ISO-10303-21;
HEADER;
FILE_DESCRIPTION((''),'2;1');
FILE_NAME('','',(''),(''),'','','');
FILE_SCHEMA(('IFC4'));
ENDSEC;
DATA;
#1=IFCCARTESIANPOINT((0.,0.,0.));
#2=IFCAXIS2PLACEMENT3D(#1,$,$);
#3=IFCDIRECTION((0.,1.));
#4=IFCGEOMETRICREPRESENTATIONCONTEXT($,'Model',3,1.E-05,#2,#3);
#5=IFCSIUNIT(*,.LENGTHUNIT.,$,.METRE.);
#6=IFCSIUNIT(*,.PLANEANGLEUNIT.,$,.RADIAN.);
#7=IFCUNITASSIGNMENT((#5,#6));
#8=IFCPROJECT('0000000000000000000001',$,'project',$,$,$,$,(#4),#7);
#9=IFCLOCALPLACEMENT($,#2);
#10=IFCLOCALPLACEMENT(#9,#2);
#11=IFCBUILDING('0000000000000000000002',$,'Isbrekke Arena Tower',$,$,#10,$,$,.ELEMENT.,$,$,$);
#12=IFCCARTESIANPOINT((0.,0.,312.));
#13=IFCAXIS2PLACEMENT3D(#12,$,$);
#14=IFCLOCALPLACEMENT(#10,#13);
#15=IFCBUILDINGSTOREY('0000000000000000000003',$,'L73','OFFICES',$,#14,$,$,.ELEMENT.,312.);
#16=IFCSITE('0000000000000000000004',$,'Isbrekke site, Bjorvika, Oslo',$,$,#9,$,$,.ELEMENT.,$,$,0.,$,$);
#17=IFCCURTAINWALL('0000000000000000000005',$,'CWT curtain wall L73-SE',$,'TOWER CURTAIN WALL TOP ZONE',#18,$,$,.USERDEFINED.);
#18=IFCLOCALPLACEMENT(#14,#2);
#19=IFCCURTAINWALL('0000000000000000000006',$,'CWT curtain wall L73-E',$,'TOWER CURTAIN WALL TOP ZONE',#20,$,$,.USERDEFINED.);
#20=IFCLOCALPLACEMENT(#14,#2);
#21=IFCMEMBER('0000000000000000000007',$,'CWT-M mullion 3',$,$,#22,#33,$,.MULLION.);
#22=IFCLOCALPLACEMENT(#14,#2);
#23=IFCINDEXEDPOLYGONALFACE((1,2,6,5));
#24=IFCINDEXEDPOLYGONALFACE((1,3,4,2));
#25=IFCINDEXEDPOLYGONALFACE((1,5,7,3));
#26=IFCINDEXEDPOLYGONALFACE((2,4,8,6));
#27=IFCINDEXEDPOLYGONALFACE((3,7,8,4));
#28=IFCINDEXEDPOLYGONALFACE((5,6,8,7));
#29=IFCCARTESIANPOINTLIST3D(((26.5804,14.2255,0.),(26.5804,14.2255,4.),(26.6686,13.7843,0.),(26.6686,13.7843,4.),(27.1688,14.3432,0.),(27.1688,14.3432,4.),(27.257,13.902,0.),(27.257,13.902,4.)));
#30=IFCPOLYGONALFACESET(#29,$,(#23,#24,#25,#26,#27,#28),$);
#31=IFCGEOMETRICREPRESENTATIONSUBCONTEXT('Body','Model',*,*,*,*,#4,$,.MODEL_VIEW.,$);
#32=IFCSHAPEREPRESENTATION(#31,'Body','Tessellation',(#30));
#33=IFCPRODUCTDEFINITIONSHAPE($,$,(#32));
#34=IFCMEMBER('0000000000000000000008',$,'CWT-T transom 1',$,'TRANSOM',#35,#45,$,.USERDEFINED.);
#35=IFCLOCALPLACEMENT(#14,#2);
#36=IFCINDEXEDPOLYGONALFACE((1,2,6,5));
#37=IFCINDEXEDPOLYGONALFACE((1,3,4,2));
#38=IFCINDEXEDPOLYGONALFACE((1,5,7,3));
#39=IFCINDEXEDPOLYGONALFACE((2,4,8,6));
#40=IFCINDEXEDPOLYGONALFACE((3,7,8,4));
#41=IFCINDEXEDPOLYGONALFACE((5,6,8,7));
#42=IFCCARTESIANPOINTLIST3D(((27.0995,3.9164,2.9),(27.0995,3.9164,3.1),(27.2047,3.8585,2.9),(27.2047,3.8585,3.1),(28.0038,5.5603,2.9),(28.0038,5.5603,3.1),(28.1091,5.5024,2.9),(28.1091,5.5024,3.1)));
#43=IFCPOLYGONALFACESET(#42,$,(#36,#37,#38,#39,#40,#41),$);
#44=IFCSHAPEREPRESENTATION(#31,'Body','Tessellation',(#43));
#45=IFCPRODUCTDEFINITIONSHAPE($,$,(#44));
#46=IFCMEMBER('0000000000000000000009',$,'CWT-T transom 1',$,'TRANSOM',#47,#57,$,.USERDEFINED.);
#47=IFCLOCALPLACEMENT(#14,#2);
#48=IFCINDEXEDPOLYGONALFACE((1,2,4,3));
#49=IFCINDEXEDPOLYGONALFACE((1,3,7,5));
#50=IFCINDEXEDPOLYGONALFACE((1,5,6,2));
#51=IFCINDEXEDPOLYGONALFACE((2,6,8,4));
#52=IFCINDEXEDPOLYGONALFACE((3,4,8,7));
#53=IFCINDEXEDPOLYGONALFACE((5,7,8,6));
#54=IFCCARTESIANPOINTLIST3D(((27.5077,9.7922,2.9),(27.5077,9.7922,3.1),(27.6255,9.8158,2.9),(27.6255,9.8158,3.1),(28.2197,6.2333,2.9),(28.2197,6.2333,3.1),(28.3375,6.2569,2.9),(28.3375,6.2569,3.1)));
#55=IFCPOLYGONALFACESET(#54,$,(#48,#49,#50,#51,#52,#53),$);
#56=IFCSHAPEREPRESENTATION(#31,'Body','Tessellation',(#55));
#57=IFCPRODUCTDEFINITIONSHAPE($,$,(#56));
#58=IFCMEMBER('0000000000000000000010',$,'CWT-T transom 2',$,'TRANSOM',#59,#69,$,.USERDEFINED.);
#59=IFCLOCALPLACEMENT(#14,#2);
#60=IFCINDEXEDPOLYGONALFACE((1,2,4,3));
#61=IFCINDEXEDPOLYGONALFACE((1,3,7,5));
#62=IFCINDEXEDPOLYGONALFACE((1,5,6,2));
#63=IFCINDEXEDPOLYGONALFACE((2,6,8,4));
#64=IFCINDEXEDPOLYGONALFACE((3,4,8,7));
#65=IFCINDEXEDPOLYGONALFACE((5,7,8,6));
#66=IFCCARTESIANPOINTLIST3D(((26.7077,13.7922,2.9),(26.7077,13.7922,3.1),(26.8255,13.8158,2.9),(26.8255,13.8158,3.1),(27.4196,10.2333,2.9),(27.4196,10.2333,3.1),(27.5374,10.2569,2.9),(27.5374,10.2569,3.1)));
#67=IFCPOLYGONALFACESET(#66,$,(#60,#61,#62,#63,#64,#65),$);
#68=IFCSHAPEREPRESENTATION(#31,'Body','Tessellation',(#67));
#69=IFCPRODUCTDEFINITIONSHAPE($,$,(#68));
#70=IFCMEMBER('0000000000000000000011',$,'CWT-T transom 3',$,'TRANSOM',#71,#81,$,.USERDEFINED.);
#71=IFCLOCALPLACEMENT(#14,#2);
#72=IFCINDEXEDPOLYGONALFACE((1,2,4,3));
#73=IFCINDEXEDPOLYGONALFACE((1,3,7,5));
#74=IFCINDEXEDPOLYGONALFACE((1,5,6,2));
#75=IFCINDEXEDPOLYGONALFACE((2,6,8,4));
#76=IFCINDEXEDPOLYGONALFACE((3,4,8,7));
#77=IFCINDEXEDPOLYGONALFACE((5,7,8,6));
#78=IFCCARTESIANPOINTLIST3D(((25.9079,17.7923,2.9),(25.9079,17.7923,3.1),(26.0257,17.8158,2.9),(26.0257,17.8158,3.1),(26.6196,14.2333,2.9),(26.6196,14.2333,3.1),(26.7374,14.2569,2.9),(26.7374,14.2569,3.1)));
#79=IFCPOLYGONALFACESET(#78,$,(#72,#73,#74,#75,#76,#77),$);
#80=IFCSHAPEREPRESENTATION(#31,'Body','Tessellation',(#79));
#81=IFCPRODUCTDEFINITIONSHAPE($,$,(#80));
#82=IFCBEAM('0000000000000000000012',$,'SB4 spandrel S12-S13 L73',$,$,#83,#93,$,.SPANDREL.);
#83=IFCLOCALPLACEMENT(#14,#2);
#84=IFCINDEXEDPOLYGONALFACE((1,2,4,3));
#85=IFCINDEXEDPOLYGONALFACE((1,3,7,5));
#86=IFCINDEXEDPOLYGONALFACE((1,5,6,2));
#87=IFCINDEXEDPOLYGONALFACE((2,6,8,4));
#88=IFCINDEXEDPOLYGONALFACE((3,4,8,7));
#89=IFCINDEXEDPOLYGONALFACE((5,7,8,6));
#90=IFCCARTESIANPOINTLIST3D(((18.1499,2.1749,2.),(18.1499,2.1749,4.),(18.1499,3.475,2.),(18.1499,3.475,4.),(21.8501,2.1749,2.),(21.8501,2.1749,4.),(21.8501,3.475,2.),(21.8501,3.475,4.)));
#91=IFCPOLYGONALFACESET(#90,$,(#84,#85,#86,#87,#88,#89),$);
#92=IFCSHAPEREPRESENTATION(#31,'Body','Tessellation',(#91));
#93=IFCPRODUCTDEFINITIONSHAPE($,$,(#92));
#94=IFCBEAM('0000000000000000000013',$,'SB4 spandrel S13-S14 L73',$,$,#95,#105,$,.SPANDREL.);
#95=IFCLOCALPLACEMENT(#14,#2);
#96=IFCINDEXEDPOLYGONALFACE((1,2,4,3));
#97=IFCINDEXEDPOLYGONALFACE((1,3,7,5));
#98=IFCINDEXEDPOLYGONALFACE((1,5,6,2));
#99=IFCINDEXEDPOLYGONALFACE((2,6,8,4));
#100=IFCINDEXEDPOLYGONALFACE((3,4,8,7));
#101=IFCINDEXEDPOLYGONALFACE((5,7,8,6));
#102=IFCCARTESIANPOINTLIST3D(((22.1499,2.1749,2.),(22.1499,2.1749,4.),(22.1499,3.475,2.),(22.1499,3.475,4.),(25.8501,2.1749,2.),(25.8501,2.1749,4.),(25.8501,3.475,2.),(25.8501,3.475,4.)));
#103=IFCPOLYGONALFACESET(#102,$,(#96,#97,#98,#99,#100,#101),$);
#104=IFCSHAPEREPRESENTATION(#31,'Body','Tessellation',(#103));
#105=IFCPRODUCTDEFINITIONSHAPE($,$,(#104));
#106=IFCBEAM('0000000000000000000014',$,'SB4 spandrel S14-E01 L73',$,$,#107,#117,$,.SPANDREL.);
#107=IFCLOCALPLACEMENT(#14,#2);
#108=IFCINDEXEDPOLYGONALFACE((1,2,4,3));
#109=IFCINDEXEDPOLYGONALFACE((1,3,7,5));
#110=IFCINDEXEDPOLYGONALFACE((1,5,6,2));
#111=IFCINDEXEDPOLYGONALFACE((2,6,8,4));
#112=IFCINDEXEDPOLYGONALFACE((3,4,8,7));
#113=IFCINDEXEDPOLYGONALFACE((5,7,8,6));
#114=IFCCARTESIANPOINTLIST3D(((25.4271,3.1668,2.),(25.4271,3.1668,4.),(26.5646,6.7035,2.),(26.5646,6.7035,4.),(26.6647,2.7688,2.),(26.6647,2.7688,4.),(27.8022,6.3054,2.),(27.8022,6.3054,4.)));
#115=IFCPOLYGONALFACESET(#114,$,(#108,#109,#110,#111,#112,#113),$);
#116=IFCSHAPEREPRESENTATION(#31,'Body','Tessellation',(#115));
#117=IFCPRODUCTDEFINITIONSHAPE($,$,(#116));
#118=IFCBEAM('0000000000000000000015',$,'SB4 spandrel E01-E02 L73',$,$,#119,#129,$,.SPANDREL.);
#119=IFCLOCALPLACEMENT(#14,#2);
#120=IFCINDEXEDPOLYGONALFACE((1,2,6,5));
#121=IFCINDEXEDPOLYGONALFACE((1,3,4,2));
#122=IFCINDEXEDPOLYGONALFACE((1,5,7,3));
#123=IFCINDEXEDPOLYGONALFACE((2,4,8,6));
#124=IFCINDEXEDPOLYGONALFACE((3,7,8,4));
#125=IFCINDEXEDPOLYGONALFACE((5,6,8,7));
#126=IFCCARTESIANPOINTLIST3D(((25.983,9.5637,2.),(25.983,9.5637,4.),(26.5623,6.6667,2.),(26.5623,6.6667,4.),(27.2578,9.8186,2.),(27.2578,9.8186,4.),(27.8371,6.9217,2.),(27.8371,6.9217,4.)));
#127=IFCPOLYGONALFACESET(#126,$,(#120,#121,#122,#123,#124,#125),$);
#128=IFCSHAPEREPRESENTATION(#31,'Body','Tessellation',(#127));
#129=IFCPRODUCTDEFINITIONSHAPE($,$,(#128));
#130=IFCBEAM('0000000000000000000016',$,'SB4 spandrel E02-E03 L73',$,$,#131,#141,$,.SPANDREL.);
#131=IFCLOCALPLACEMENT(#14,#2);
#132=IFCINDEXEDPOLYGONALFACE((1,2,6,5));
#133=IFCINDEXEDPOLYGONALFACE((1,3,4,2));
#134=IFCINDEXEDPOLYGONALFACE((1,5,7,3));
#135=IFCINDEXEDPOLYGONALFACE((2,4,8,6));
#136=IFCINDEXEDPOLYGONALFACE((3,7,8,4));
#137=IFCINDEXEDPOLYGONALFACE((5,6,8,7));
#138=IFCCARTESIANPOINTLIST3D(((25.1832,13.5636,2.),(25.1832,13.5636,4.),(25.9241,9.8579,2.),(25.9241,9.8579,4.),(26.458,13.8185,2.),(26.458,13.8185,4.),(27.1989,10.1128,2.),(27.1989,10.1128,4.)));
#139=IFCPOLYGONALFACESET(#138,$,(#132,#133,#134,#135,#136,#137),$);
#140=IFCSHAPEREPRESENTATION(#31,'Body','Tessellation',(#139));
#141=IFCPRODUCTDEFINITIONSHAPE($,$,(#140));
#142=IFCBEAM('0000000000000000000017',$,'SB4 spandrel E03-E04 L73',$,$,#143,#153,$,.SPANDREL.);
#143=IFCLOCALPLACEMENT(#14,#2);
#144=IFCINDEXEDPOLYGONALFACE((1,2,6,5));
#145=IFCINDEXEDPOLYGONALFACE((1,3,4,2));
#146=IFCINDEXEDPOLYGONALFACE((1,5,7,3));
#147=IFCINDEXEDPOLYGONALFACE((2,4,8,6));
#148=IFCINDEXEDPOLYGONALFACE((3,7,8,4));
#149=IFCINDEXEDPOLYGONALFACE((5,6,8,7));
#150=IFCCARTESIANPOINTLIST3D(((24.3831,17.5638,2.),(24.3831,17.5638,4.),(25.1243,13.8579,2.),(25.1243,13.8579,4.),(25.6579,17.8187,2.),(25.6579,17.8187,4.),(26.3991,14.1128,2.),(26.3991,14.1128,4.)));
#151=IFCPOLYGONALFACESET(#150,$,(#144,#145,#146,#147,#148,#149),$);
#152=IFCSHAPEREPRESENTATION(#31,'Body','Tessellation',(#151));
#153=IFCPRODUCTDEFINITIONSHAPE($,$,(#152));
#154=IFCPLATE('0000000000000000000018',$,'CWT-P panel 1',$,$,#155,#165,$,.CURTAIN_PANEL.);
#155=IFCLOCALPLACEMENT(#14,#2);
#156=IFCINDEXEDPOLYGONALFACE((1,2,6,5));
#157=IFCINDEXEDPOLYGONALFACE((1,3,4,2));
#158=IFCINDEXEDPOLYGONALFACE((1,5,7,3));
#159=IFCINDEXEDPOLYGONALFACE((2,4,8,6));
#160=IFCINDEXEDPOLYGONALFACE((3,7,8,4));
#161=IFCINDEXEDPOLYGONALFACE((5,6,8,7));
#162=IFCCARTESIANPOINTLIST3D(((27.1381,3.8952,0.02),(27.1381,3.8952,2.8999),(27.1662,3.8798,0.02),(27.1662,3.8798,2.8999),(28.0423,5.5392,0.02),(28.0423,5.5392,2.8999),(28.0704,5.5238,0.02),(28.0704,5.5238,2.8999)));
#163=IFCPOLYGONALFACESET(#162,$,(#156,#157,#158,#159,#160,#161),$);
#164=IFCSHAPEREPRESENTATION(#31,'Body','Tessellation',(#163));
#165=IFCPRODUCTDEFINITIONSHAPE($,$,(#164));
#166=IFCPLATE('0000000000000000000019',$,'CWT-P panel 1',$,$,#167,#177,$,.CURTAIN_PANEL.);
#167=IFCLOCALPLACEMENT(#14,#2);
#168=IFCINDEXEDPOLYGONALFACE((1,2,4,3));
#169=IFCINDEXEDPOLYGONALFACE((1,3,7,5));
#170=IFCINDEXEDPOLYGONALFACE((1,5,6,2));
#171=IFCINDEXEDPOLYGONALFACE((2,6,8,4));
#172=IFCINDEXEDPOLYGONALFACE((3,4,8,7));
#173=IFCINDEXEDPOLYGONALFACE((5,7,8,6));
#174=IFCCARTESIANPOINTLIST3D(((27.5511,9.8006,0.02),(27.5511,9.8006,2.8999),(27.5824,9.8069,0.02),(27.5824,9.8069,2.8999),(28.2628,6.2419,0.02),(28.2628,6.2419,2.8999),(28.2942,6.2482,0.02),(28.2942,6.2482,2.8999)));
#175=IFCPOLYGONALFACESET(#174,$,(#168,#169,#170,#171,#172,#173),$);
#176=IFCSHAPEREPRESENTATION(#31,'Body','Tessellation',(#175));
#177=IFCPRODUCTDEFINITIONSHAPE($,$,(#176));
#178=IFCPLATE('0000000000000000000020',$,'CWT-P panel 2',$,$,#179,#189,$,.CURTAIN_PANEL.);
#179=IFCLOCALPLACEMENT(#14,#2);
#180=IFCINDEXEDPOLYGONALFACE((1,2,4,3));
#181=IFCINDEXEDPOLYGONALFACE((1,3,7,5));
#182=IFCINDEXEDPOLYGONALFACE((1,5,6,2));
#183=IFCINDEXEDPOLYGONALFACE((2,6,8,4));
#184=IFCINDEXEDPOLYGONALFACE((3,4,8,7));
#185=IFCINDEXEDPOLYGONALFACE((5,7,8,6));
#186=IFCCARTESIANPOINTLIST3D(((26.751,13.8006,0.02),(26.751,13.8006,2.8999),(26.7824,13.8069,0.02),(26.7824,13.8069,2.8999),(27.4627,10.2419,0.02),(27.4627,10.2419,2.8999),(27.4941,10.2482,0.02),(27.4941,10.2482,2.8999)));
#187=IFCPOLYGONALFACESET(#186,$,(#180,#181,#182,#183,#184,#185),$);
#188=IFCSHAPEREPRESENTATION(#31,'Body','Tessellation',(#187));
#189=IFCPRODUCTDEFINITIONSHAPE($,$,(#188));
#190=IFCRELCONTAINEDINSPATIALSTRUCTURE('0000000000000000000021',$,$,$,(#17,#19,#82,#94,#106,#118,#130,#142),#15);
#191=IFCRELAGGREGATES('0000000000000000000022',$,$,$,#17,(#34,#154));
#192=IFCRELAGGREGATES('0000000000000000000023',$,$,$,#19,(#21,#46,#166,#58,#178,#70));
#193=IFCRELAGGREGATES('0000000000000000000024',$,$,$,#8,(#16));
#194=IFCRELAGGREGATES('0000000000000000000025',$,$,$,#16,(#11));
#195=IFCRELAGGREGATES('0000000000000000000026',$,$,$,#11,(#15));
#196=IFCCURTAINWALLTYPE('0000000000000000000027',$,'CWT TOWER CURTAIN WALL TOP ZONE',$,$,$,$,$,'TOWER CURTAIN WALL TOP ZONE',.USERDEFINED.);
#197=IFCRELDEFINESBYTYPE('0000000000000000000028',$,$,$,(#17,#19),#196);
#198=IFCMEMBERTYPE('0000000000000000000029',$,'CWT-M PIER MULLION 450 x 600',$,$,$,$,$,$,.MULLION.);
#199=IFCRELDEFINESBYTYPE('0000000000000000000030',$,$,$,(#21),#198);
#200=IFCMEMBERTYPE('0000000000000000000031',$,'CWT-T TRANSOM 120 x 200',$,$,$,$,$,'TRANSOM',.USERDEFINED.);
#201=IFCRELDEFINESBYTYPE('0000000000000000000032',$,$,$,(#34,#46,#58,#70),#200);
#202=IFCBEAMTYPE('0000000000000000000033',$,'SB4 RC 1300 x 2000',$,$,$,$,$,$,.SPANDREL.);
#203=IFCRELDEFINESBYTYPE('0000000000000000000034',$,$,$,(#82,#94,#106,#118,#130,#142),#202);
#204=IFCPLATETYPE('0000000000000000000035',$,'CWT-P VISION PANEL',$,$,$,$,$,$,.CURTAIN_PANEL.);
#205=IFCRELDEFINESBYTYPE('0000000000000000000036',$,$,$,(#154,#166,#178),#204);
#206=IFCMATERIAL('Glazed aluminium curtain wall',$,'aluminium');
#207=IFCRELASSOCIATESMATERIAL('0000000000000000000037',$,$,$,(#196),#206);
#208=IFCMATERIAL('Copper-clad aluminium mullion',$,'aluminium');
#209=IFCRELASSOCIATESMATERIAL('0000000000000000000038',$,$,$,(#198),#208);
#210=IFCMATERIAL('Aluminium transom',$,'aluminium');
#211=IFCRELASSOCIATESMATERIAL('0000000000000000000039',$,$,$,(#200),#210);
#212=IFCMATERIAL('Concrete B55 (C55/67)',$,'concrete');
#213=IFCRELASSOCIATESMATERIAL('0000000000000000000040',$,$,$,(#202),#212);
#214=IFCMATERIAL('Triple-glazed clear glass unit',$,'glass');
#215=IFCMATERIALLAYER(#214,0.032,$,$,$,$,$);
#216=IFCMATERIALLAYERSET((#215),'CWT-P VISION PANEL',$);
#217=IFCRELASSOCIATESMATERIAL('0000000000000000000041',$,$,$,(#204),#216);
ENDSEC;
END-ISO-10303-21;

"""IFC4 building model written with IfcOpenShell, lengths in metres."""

from ifc_helpers import new_model, si_unit, direction, frame, origin, origin_2d, place, context, subcontext, project, spatial, rectangle, extrude, material, layer, layer_set, material_profile, profile_set, type_object, element, aggregate, save


model = new_model("IFC4")

# Units and contexts
model_context = context("Model", 3, precision=1e-05, world=origin(), true_north=direction((0.0, 1.0)))
body_context = subcontext(model_context, "Body", "Model", "MODEL_VIEW")
ifc_project = project(units=[si_unit("LENGTHUNIT", "METRE"), si_unit("PLANEANGLEUNIT", "RADIAN")], contexts=[model_context])

# Site, building, storey
site_placement = place(None, origin())
site = spatial("IfcSite", under=ifc_project, at=site_placement, Name="Isbrekke site, Bjorvika, Oslo", CompositionType="ELEMENT", RefElevation=0.0)
building_placement = place(site_placement, origin())
building = spatial("IfcBuilding", under=site, at=building_placement, Name="Isbrekke Arena Tower", CompositionType="ELEMENT")
storey_placement = place(building_placement, frame((0.0, 0.0, 312.0)))
storey = spatial("IfcBuildingStorey", under=building, at=storey_placement, Name="L73", Description="OFFICES", CompositionType="ELEMENT", Elevation=312.0)

# Curtain walls, member
ifc_material_1 = material(Name="Glazed aluminium curtain wall", Category="aluminium")
curtain_wall_type = type_object("IfcCurtainWallType", Name="CWT TOWER CURTAIN WALL TOP ZONE", ElementType="TOWER CURTAIN WALL TOP ZONE", PredefinedType="USERDEFINED", material=ifc_material_1)
curtain_wall_1_placement = place(storey_placement, origin())
curtain_wall_1 = element("IfcCurtainWall", 1, at=curtain_wall_1_placement, inside=storey, type_object=curtain_wall_type, Name="CWT curtain wall L73-SE", ObjectType="TOWER CURTAIN WALL TOP ZONE", PredefinedType="USERDEFINED")
ifc_material_2 = material(Name="Copper-clad aluminium mullion", Category="aluminium")
ifc_material_profile_1 = material_profile(ifc_material_2, rectangle(XDim=0.45, YDim=0.6001, at=origin_2d()), Name="PIER 450X600")
ifc_profile_set_1 = profile_set([ifc_material_profile_1], Name="Copper-clad aluminium mullion")
member_type_1 = type_object("IfcMemberType", Name="CWT-M PIER MULLION 450 x 600", PredefinedType="MULLION", material=ifc_profile_set_1)
curtain_wall_2_placement = place(storey_placement, origin())
curtain_wall_2 = element("IfcCurtainWall", 2, at=curtain_wall_2_placement, inside=storey, type_object=curtain_wall_type, Name="CWT curtain wall L73-E", ObjectType="TOWER CURTAIN WALL TOP ZONE", PredefinedType="USERDEFINED")
member_1_placement = place(storey_placement, frame((26.9187, 14.0637, 0.0), z_axis=(0.0, 0.0, 1.0), x_axis=(-0.196116, 0.980581, 0.0)))
member_1 = element("IfcMember", 3, at=member_1_placement, type_object=member_type_1, Name="CWT-M mullion 3", PredefinedType="MULLION", context=body_context, shape_type="SweptSolid", body=[
    extrude(rectangle(XDim=0.45, YDim=0.6001, at=origin_2d()), origin(), (0.0, 0.0, 1.0), 4.0),
])

# Members
ifc_material_3 = material(Name="Aluminium transom", Category="aluminium")
ifc_material_profile_2 = material_profile(ifc_material_3, rectangle(XDim=0.1201, YDim=0.2, at=origin_2d()), Name="TRANSOM 120X200")
ifc_profile_set_2 = profile_set([ifc_material_profile_2], Name="Aluminium transom")
member_type_2 = type_object("IfcMemberType", Name="CWT-T TRANSOM 120 x 200", ElementType="TRANSOM", PredefinedType="USERDEFINED", material=ifc_profile_set_2)
member_2_placement = place(storey_placement, frame((27.1521, 3.8875, 3.0), z_axis=(0.482004, 0.876169, 0.0), x_axis=(-0.876169, 0.482004, 0.0)))
member_2 = element("IfcMember", 4, at=member_2_placement, type_object=member_type_2, Name="CWT-T transom 1", ObjectType="TRANSOM", PredefinedType="USERDEFINED", context=body_context, shape_type="SweptSolid", body=[
    extrude(rectangle(XDim=0.1201, YDim=0.2, at=origin_2d()), origin(), (0.0, 0.0, 1.0), 1.8762),
])
member_3_placement = place(storey_placement, frame((28.2786, 6.2451, 3.0), z_axis=(-0.196155, 0.980573, 0.0), x_axis=(-0.980573, -0.196155, 0.0)))
member_3 = element("IfcMember", 5, at=member_3_placement, type_object=member_type_2, Name="CWT-T transom 1", ObjectType="TRANSOM", PredefinedType="USERDEFINED", context=body_context, shape_type="SweptSolid", body=[
    extrude(rectangle(XDim=0.1201, YDim=0.2, at=origin_2d()), origin(), (0.0, 0.0, 1.0), 3.6294),
])
member_4_placement = place(storey_placement, frame((27.4785, 10.2451, 3.0), z_axis=(-0.196155, 0.980573, 0.0), x_axis=(-0.980573, -0.196155, 0.0)))
member_4 = element("IfcMember", 6, at=member_4_placement, type_object=member_type_2, Name="CWT-T transom 2", ObjectType="TRANSOM", PredefinedType="USERDEFINED", context=body_context, shape_type="SweptSolid", body=[
    extrude(rectangle(XDim=0.1201, YDim=0.2, at=origin_2d()), origin(), (0.0, 0.0, 1.0), 3.6294),
])
member_5_placement = place(storey_placement, frame((26.6785, 14.2451, 3.0), z_axis=(-0.19609, 0.980586, 0.0), x_axis=(-0.980586, -0.19609, 0.0)))
member_5 = element("IfcMember", 7, at=member_5_placement, type_object=member_type_2, Name="CWT-T transom 3", ObjectType="TRANSOM", PredefinedType="USERDEFINED", context=body_context, shape_type="SweptSolid", body=[
    extrude(rectangle(XDim=0.1201, YDim=0.2, at=origin_2d()), origin(), (0.0, 0.0, 1.0), 3.6294),
])

# Beams
ifc_material_4 = material(Name="Concrete B55 (C55/67)", Category="concrete")
ifc_material_profile_3 = material_profile(ifc_material_4, rectangle(XDim=1.3, YDim=2.0, at=origin_2d()), Name="RC 1300x2000")
ifc_profile_set_3 = profile_set([ifc_material_profile_3], Name="Concrete B55 (C55/67)")
beam_type_1 = type_object("IfcBeamType", Name="SB4 RC 1300 x 2000", PredefinedType="SPANDREL", material=ifc_profile_set_3)
for number, where, z_axis, x_axis, name in (
    (8, (18.1499, 2.825, 3.0), (1.0, 0.0, 0.0), (0.0, 1.0, 0.0), "SB4 spandrel S12-S13 L73"),
    (9, (22.1499, 2.825, 3.0), (1.0, 0.0, 0.0), (0.0, 1.0, 0.0), "SB4 spandrel S13-S14 L73"),
):
    element("IfcBeam", number, at=place(storey_placement, frame(where, z_axis=z_axis, x_axis=x_axis)), inside=storey, type_object=beam_type_1, Name=name, PredefinedType="SPANDREL", context=body_context, shape_type="SweptSolid", body=[
        extrude(rectangle(XDim=1.3, YDim=2.0, at=origin_2d()), origin(), (0.0, 0.0, 1.0), 3.7002),
    ])
beam_1_placement = place(storey_placement, frame((26.0459, 2.9678, 3.0), z_axis=(0.306175, 0.951975, 0.0), x_axis=(-0.951975, 0.306175, 0.0)))
element("IfcBeam", 10, at=beam_1_placement, inside=storey, type_object=beam_type_1, Name="SB4 spandrel S14-E01 L73", PredefinedType="SPANDREL", context=body_context, shape_type="SweptSolid", body=[
    extrude(rectangle(XDim=1.3, YDim=2.0, at=origin_2d()), origin(), (0.0, 0.0, 1.0), 3.7151),
])
beam_2_placement = place(storey_placement, frame((27.1997, 6.7942, 3.0), z_axis=(-0.1961, 0.980584, 0.0), x_axis=(-0.980584, -0.1961, 0.0)))
element("IfcBeam", 11, at=beam_2_placement, inside=storey, type_object=beam_type_1, Name="SB4 spandrel E01-E02 L73", PredefinedType="SPANDREL", context=body_context, shape_type="SweptSolid", body=[
    extrude(rectangle(XDim=1.3, YDim=2.0, at=origin_2d()), origin(), (0.0, 0.0, 1.0), 2.9543),
])
beam_3_placement = place(storey_placement, frame((26.5615, 9.9854, 3.0), z_axis=(-0.196066, 0.980591, 0.0), x_axis=(-0.980591, -0.196066, 0.0)))
element("IfcBeam", 12, at=beam_3_placement, inside=storey, type_object=beam_type_1, Name="SB4 spandrel E02-E03 L73", PredefinedType="SPANDREL", context=body_context, shape_type="SweptSolid", body=[
    extrude(rectangle(XDim=1.3, YDim=2.0, at=origin_2d()), origin(), (0.0, 0.0, 1.0), 3.7791),
])
beam_4_placement = place(storey_placement, frame((25.7617, 13.9854, 3.0), z_axis=(-0.196129, 0.980578, 0.0), x_axis=(-0.980578, -0.196129, 0.0)))
element("IfcBeam", 13, at=beam_4_placement, inside=storey, type_object=beam_type_1, Name="SB4 spandrel E03-E04 L73", PredefinedType="SPANDREL", context=body_context, shape_type="SweptSolid", body=[
    extrude(rectangle(XDim=1.3, YDim=2.0, at=origin_2d()), origin(), (0.0, 0.0, 1.0), 3.7793),
])

# Plates
ifc_material_5 = material(Name="Triple-glazed clear glass unit", Category="glass")
ifc_layer_1 = layer(ifc_material_5, 0.032)
ifc_layer_set_1 = layer_set([ifc_layer_1], Name="CWT-P VISION PANEL")
plate_type = type_object("IfcPlateType", Name="CWT-P VISION PANEL", PredefinedType="CURTAIN_PANEL", material=ifc_layer_set_1)
plate_1_placement = place(storey_placement, frame((27.6042, 4.7095, 0.02), z_axis=(0.0, 0.0, 1.0), x_axis=(0.481919, 0.876216, 0.0)))
plate_1 = element("IfcPlate", 14, at=plate_1_placement, type_object=plate_type, Name="CWT-P panel 1", PredefinedType="CURTAIN_PANEL", context=body_context, shape_type="SweptSolid", body=[
    extrude(rectangle(XDim=1.8762, YDim=0.032, at=origin_2d()), origin(), (0.0, 0.0, 1.0), 2.8799),
])
aggregate(curtain_wall_1, [member_2, plate_1])
plate_2_placement = place(storey_placement, frame((27.9226, 8.0244, 0.02), z_axis=(0.0, 0.0, 1.0), x_axis=(-0.196116, 0.980581, 0.0)))
plate_2 = element("IfcPlate", 15, at=plate_2_placement, type_object=plate_type, Name="CWT-P panel 1", PredefinedType="CURTAIN_PANEL", context=body_context, shape_type="SweptSolid", body=[
    extrude(rectangle(XDim=3.6292, YDim=0.032, at=origin_2d()), origin(), (0.0, 0.0, 1.0), 2.8799),
])
plate_3_placement = place(storey_placement, frame((27.1226, 12.0244, 0.02), z_axis=(0.0, 0.0, 1.0), x_axis=(-0.196116, 0.980581, 0.0)))
plate_3 = element("IfcPlate", 16, at=plate_3_placement, type_object=plate_type, Name="CWT-P panel 2", PredefinedType="CURTAIN_PANEL", context=body_context, shape_type="SweptSolid", body=[
    extrude(rectangle(XDim=3.6292, YDim=0.032, at=origin_2d()), origin(), (0.0, 0.0, 1.0), 2.8799),
])
aggregate(curtain_wall_2, [member_1, member_3, plate_2, member_4, plate_3, member_5])

save(model, "model.ifc")
